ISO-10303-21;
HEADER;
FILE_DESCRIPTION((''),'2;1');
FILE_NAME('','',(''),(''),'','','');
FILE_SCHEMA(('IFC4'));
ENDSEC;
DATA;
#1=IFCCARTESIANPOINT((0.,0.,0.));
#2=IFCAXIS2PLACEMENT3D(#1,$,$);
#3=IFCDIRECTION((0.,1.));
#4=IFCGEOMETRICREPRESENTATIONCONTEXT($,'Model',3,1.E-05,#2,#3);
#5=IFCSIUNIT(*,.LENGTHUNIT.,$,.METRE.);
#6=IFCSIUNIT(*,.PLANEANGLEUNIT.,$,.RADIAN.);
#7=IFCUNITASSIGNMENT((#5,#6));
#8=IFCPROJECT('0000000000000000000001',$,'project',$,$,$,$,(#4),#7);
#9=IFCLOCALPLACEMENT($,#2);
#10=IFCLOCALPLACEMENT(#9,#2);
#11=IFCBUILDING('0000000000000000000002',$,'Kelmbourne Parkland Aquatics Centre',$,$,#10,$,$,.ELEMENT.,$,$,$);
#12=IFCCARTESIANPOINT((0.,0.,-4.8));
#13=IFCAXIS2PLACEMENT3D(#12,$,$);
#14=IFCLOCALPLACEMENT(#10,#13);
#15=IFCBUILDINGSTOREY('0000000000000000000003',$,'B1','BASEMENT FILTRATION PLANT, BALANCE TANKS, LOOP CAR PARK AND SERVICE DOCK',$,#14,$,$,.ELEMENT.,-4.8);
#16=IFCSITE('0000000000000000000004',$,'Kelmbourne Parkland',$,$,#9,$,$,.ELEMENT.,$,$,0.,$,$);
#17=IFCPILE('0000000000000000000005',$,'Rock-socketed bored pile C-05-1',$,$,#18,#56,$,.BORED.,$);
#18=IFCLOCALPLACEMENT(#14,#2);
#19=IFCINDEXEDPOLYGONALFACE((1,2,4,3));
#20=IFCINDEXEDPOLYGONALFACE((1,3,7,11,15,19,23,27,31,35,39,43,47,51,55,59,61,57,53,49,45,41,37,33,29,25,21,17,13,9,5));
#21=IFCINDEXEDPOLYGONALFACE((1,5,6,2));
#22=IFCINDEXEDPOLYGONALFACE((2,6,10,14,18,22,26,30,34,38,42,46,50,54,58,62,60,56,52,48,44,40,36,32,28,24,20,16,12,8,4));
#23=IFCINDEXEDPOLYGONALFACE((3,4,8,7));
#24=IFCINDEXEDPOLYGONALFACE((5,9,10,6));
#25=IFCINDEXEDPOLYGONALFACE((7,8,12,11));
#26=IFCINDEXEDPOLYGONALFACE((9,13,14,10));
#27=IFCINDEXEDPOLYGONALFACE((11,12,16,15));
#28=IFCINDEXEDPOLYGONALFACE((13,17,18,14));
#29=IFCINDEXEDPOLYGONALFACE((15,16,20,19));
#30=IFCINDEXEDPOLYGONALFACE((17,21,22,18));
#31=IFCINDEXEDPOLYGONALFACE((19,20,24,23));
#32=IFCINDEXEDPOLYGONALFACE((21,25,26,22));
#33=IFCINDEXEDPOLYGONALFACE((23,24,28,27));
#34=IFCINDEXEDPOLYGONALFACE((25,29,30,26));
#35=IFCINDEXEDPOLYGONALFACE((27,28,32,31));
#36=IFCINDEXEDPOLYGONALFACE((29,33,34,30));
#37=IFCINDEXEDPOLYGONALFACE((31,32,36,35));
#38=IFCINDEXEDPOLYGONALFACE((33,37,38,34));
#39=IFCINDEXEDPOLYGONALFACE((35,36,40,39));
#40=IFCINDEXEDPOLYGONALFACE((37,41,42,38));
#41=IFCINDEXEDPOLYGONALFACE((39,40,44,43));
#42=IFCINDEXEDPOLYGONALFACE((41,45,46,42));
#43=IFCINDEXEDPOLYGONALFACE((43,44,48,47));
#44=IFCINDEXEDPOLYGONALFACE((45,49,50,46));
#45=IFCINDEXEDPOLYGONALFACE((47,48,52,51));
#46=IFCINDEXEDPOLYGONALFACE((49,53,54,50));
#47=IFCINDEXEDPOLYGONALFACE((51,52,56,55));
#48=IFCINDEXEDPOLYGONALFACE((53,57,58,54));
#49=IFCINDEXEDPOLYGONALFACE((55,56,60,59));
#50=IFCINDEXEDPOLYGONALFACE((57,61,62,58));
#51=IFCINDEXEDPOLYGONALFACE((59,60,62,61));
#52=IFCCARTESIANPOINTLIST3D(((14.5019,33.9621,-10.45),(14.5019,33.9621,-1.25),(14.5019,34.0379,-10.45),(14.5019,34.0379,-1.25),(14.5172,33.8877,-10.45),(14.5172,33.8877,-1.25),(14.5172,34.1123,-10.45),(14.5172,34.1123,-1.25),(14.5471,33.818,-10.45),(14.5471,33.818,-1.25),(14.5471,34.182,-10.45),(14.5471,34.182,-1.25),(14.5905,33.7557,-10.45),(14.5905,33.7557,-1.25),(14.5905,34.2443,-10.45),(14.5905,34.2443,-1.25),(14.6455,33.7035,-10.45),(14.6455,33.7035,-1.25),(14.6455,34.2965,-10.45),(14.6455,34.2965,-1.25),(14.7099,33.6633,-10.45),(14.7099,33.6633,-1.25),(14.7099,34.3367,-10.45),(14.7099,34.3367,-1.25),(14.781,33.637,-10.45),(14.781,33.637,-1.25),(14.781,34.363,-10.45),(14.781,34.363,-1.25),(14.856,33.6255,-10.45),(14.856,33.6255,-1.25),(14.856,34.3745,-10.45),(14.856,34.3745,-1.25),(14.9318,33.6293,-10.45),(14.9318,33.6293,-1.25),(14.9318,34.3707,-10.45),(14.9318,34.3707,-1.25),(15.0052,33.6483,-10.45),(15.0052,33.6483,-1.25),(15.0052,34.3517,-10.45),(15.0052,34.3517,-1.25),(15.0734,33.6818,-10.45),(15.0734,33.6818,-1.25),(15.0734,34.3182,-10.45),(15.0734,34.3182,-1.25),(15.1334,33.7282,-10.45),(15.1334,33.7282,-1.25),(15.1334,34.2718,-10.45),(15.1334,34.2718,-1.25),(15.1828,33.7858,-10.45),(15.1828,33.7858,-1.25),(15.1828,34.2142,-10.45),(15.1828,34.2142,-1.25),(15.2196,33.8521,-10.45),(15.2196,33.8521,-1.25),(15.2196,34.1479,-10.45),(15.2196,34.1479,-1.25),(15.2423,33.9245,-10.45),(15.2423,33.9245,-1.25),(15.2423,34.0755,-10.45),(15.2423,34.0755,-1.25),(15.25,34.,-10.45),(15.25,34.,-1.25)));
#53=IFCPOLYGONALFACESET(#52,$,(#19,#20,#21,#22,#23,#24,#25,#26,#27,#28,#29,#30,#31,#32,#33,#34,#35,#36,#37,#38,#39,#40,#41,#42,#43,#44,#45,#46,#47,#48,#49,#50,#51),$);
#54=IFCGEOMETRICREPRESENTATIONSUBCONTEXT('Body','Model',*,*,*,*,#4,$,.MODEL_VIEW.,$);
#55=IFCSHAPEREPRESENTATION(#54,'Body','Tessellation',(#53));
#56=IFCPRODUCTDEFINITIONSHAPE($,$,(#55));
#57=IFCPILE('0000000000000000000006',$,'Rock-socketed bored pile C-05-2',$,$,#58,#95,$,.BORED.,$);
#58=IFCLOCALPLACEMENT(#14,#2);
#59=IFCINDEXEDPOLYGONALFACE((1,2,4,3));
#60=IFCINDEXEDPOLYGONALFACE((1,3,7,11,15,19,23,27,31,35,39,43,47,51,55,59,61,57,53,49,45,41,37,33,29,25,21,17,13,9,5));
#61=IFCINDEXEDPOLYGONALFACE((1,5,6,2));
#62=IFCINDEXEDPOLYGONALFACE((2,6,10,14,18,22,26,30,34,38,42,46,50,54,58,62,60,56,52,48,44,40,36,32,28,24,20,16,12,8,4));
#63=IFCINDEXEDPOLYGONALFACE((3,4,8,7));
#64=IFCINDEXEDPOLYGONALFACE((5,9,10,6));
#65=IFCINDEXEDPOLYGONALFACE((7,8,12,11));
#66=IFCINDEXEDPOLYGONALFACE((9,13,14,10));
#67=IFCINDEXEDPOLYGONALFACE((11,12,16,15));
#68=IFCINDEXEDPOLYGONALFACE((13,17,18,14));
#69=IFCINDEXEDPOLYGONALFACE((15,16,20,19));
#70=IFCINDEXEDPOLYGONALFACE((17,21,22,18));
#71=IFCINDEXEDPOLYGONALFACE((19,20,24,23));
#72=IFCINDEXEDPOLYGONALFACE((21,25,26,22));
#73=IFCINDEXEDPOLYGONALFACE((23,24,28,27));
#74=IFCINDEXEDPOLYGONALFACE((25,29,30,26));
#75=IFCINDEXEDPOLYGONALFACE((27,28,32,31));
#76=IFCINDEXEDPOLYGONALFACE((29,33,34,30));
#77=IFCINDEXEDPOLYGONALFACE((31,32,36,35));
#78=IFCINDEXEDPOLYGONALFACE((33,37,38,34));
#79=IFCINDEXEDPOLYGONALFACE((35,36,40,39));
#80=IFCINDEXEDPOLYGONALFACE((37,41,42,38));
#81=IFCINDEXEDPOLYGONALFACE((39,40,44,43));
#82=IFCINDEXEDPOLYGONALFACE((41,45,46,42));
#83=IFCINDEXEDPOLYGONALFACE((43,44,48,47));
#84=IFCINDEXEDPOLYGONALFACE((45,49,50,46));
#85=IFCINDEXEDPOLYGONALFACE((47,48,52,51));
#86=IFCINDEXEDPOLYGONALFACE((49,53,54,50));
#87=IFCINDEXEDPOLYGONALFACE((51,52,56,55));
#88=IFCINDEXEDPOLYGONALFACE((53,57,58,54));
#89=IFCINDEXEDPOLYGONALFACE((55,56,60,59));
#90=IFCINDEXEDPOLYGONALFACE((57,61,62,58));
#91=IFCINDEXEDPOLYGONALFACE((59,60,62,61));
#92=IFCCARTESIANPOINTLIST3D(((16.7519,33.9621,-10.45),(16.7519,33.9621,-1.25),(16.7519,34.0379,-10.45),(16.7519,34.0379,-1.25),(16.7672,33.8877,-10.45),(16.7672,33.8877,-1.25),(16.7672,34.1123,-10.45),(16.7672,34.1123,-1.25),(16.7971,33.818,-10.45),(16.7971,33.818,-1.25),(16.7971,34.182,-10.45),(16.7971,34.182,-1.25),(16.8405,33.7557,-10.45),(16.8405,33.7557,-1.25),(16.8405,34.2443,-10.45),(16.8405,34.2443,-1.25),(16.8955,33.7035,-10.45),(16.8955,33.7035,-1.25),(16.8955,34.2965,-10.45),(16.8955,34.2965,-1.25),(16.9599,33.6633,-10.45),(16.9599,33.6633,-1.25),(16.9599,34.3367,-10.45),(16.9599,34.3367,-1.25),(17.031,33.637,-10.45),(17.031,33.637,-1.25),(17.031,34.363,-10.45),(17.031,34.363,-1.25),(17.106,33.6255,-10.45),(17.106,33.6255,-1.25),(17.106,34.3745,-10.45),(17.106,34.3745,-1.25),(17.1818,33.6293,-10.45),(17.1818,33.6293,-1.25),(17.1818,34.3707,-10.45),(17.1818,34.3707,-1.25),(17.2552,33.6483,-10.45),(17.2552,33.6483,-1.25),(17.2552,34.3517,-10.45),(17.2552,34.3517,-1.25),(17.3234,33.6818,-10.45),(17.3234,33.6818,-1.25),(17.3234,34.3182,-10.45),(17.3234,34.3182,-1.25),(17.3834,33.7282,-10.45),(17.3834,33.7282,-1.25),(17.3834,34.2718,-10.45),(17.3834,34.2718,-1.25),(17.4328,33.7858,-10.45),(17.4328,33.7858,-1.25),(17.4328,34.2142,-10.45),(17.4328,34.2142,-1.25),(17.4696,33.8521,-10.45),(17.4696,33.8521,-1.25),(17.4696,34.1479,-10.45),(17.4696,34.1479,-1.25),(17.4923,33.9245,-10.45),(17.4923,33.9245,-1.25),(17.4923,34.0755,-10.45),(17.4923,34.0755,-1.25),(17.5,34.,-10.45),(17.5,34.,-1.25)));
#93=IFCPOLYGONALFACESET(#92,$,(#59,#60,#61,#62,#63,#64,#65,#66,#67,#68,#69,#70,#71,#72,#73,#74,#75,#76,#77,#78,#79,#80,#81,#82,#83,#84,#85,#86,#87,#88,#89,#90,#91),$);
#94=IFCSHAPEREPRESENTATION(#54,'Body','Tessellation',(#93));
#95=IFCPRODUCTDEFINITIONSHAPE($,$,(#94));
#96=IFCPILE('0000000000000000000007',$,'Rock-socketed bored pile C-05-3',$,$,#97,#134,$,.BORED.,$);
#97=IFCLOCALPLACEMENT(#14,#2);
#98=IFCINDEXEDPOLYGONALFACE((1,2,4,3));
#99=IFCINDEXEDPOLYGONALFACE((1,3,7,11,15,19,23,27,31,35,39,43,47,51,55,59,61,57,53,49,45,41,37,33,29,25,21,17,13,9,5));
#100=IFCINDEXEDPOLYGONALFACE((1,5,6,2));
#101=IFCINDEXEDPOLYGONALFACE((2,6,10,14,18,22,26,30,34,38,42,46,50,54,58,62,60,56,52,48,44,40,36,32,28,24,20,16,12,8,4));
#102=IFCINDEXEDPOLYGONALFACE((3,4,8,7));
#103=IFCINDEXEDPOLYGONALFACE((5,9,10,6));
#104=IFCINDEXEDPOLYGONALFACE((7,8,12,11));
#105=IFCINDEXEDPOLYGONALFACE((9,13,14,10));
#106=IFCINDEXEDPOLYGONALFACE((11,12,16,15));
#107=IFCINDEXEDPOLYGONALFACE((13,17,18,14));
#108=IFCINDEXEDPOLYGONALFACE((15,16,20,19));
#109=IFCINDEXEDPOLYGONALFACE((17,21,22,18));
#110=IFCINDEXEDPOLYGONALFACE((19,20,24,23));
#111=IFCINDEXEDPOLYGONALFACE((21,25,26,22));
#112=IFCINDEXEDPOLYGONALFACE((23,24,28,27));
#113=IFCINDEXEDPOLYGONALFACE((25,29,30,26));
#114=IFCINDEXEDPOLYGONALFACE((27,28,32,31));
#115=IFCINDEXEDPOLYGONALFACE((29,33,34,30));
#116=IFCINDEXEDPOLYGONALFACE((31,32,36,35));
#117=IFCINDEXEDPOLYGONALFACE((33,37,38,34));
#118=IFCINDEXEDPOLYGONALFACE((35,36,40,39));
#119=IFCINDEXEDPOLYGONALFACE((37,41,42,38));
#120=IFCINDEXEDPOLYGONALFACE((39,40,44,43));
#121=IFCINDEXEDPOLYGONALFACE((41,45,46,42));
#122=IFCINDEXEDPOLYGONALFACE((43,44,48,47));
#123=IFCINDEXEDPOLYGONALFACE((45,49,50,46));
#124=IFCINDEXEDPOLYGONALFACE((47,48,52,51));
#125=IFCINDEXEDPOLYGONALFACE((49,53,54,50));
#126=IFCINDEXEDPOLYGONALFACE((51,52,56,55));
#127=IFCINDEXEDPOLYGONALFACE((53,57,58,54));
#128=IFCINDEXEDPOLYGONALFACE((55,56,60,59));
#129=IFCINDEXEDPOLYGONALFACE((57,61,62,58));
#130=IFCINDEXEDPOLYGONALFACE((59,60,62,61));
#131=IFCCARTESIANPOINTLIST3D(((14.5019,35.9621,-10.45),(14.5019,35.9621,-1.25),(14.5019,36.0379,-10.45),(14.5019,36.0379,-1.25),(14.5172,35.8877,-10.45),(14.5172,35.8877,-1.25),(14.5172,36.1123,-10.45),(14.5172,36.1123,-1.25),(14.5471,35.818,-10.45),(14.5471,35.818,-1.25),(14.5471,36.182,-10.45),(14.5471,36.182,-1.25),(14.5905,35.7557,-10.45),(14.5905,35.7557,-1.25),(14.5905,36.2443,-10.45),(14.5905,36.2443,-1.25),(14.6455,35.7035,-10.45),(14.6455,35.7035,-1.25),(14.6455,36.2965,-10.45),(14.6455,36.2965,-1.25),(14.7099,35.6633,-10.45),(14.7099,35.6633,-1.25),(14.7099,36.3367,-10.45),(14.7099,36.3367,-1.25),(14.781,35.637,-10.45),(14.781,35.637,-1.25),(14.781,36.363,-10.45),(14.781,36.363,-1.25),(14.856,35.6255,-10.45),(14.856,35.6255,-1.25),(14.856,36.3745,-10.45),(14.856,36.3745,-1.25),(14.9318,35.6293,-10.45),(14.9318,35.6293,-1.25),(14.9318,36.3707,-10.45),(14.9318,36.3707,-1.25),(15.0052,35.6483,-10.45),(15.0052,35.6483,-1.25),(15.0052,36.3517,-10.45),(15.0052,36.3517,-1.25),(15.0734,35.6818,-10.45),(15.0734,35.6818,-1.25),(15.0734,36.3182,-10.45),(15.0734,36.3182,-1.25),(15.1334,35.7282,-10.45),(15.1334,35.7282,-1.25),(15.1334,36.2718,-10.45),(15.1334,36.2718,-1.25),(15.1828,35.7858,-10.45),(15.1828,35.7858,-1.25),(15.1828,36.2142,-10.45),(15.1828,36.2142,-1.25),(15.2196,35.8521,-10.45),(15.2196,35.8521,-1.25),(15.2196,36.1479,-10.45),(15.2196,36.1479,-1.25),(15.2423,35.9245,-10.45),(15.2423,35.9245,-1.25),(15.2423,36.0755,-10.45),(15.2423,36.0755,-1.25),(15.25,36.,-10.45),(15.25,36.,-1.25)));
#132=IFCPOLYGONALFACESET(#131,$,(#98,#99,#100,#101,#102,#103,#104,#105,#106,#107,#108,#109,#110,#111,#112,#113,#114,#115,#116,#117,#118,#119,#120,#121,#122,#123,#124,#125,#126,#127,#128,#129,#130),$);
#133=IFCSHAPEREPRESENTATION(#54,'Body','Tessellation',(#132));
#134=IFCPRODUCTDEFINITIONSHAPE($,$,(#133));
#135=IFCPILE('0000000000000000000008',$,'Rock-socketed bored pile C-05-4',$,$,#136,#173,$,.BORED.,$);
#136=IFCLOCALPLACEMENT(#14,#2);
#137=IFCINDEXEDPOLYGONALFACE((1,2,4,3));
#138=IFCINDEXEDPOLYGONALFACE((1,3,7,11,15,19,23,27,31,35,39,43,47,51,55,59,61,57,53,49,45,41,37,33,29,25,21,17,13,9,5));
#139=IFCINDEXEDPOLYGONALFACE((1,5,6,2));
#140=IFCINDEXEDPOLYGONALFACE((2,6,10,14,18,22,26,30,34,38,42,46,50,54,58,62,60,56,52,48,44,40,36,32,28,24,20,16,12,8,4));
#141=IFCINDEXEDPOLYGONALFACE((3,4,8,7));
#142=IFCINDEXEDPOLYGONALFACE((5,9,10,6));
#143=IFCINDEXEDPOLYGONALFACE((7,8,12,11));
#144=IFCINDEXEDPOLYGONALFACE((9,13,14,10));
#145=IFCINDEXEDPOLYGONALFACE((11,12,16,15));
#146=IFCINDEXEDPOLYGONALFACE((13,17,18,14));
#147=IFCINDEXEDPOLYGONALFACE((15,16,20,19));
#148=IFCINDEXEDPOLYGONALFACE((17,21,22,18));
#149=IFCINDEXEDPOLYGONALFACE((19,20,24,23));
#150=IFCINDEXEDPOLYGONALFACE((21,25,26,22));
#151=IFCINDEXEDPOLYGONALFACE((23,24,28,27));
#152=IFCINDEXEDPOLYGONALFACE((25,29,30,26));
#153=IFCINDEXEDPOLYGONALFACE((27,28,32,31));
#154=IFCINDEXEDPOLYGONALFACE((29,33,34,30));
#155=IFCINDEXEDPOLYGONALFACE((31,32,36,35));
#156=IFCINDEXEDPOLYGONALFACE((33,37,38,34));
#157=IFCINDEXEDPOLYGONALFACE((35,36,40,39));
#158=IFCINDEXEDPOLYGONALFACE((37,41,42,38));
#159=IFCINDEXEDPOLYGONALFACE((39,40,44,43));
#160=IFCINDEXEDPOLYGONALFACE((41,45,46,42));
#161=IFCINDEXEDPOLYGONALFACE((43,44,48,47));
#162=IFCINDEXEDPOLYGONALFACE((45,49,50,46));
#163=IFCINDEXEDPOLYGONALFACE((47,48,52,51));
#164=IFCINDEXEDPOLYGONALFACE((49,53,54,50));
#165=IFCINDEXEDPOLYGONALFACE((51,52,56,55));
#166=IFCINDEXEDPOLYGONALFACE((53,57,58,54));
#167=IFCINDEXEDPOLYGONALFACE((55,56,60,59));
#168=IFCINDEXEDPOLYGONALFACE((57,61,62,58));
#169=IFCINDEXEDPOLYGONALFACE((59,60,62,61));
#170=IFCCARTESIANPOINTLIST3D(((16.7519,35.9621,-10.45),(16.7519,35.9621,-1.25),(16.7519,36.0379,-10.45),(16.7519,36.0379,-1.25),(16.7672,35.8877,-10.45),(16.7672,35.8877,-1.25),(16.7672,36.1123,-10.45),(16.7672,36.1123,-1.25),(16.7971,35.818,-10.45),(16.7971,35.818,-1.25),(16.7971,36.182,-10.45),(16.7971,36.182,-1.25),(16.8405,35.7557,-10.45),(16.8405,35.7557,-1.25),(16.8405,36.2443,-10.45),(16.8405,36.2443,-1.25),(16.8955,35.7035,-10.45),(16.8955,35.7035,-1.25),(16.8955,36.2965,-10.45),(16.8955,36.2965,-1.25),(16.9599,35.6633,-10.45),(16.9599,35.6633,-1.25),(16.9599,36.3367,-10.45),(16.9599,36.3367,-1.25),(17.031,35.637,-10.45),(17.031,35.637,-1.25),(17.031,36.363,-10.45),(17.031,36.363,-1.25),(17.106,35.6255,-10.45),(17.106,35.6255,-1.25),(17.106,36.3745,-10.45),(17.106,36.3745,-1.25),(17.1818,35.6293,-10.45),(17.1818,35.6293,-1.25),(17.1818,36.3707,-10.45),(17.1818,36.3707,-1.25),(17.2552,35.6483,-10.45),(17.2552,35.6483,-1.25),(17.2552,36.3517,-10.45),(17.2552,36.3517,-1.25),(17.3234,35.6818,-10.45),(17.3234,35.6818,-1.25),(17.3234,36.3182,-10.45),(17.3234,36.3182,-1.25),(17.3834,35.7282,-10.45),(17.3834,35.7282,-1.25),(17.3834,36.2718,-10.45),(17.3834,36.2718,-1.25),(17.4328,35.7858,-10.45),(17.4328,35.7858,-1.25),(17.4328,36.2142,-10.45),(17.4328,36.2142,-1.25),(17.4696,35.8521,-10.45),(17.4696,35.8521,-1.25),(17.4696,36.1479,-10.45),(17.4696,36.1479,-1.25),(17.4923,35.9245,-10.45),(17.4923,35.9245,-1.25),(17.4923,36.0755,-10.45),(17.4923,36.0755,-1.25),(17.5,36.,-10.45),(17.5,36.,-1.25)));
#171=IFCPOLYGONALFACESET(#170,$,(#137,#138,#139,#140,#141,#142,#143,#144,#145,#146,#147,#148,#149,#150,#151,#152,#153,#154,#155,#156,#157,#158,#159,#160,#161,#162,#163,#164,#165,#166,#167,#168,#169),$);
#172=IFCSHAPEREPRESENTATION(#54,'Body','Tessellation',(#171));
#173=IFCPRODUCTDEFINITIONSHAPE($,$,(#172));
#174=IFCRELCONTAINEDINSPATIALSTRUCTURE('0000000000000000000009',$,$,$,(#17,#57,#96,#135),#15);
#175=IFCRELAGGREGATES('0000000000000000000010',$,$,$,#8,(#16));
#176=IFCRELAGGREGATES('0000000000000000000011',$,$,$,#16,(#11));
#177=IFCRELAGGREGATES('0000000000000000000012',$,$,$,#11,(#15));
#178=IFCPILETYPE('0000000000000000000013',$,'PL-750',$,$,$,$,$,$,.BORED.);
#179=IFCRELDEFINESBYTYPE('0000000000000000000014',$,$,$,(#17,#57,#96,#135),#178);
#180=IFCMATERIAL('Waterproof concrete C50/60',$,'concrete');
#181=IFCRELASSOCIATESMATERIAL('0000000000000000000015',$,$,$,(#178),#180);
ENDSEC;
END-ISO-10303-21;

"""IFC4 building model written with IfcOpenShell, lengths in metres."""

from ifc_helpers import new_model, si_unit, direction, frame, origin, origin_2d, place, context, subcontext, project, spatial, circle, extrude, material, material_profile, profile_set, type_object, element, save


model = new_model("IFC4")

# Units and contexts
model_context = context("Model", 3, precision=1e-05, world=origin(), true_north=direction((0.0, 1.0)))
body_context = subcontext(model_context, "Body", "Model", "MODEL_VIEW")
ifc_project = project(units=[si_unit("LENGTHUNIT", "METRE"), si_unit("PLANEANGLEUNIT", "RADIAN")], contexts=[model_context])

# Site, building, storey
site_placement = place(None, origin())
site = spatial("IfcSite", under=ifc_project, at=site_placement, Name="Kelmbourne Parkland", CompositionType="ELEMENT", RefElevation=0.0)
building_placement = place(site_placement, origin())
building = spatial("IfcBuilding", under=site, at=building_placement, Name="Kelmbourne Parkland Aquatics Centre", CompositionType="ELEMENT")
storey_placement = place(building_placement, frame((0.0, 0.0, -4.8)))
storey = spatial("IfcBuildingStorey", under=building, at=storey_placement, Name="B1", Description="BASEMENT FILTRATION PLANT, BALANCE TANKS, LOOP CAR PARK AND SERVICE DOCK", CompositionType="ELEMENT", Elevation=-4.8)

# Shared definitions
ifc_material_1 = material(Name="Waterproof concrete C50/60", Category="concrete")

# Piles
ifc_material_profile_1 = material_profile(ifc_material_1, circle(Radius=0.375, at=origin_2d()), Name="PILE D750")
ifc_profile_set_1 = profile_set([ifc_material_profile_1], Name="Waterproof concrete C50/60")
pile_type_1 = type_object("IfcPileType", Name="PL-750", PredefinedType="BORED", material=ifc_profile_set_1)
for number, where, z_axis, x_axis, name in (
    (1, (14.875, 34.0, -1.25), (0.0, 0.0, -1.0), (1.0, 0.0, 0.0), "Rock-socketed bored pile C-05-1"),
    (2, (17.125, 34.0, -1.25), (0.0, 0.0, -1.0), (1.0, 0.0, 0.0), "Rock-socketed bored pile C-05-2"),
    (3, (14.875, 36.0, -1.25), (0.0, 0.0, -1.0), (1.0, 0.0, 0.0), "Rock-socketed bored pile C-05-3"),
    (4, (17.125, 36.0, -1.25), (0.0, 0.0, -1.0), (1.0, 0.0, 0.0), "Rock-socketed bored pile C-05-4"),
):
    element("IfcPile", number, at=place(storey_placement, frame(where, z_axis=z_axis, x_axis=x_axis)), inside=storey, type_object=pile_type_1, Name=name, PredefinedType="BORED", context=body_context, shape_type="SweptSolid", body=[
        extrude(circle(Radius=0.375, at=origin_2d()), origin(), (0.0, 0.0, 1.0), 9.2),
    ])

save(model, "model.ifc")
